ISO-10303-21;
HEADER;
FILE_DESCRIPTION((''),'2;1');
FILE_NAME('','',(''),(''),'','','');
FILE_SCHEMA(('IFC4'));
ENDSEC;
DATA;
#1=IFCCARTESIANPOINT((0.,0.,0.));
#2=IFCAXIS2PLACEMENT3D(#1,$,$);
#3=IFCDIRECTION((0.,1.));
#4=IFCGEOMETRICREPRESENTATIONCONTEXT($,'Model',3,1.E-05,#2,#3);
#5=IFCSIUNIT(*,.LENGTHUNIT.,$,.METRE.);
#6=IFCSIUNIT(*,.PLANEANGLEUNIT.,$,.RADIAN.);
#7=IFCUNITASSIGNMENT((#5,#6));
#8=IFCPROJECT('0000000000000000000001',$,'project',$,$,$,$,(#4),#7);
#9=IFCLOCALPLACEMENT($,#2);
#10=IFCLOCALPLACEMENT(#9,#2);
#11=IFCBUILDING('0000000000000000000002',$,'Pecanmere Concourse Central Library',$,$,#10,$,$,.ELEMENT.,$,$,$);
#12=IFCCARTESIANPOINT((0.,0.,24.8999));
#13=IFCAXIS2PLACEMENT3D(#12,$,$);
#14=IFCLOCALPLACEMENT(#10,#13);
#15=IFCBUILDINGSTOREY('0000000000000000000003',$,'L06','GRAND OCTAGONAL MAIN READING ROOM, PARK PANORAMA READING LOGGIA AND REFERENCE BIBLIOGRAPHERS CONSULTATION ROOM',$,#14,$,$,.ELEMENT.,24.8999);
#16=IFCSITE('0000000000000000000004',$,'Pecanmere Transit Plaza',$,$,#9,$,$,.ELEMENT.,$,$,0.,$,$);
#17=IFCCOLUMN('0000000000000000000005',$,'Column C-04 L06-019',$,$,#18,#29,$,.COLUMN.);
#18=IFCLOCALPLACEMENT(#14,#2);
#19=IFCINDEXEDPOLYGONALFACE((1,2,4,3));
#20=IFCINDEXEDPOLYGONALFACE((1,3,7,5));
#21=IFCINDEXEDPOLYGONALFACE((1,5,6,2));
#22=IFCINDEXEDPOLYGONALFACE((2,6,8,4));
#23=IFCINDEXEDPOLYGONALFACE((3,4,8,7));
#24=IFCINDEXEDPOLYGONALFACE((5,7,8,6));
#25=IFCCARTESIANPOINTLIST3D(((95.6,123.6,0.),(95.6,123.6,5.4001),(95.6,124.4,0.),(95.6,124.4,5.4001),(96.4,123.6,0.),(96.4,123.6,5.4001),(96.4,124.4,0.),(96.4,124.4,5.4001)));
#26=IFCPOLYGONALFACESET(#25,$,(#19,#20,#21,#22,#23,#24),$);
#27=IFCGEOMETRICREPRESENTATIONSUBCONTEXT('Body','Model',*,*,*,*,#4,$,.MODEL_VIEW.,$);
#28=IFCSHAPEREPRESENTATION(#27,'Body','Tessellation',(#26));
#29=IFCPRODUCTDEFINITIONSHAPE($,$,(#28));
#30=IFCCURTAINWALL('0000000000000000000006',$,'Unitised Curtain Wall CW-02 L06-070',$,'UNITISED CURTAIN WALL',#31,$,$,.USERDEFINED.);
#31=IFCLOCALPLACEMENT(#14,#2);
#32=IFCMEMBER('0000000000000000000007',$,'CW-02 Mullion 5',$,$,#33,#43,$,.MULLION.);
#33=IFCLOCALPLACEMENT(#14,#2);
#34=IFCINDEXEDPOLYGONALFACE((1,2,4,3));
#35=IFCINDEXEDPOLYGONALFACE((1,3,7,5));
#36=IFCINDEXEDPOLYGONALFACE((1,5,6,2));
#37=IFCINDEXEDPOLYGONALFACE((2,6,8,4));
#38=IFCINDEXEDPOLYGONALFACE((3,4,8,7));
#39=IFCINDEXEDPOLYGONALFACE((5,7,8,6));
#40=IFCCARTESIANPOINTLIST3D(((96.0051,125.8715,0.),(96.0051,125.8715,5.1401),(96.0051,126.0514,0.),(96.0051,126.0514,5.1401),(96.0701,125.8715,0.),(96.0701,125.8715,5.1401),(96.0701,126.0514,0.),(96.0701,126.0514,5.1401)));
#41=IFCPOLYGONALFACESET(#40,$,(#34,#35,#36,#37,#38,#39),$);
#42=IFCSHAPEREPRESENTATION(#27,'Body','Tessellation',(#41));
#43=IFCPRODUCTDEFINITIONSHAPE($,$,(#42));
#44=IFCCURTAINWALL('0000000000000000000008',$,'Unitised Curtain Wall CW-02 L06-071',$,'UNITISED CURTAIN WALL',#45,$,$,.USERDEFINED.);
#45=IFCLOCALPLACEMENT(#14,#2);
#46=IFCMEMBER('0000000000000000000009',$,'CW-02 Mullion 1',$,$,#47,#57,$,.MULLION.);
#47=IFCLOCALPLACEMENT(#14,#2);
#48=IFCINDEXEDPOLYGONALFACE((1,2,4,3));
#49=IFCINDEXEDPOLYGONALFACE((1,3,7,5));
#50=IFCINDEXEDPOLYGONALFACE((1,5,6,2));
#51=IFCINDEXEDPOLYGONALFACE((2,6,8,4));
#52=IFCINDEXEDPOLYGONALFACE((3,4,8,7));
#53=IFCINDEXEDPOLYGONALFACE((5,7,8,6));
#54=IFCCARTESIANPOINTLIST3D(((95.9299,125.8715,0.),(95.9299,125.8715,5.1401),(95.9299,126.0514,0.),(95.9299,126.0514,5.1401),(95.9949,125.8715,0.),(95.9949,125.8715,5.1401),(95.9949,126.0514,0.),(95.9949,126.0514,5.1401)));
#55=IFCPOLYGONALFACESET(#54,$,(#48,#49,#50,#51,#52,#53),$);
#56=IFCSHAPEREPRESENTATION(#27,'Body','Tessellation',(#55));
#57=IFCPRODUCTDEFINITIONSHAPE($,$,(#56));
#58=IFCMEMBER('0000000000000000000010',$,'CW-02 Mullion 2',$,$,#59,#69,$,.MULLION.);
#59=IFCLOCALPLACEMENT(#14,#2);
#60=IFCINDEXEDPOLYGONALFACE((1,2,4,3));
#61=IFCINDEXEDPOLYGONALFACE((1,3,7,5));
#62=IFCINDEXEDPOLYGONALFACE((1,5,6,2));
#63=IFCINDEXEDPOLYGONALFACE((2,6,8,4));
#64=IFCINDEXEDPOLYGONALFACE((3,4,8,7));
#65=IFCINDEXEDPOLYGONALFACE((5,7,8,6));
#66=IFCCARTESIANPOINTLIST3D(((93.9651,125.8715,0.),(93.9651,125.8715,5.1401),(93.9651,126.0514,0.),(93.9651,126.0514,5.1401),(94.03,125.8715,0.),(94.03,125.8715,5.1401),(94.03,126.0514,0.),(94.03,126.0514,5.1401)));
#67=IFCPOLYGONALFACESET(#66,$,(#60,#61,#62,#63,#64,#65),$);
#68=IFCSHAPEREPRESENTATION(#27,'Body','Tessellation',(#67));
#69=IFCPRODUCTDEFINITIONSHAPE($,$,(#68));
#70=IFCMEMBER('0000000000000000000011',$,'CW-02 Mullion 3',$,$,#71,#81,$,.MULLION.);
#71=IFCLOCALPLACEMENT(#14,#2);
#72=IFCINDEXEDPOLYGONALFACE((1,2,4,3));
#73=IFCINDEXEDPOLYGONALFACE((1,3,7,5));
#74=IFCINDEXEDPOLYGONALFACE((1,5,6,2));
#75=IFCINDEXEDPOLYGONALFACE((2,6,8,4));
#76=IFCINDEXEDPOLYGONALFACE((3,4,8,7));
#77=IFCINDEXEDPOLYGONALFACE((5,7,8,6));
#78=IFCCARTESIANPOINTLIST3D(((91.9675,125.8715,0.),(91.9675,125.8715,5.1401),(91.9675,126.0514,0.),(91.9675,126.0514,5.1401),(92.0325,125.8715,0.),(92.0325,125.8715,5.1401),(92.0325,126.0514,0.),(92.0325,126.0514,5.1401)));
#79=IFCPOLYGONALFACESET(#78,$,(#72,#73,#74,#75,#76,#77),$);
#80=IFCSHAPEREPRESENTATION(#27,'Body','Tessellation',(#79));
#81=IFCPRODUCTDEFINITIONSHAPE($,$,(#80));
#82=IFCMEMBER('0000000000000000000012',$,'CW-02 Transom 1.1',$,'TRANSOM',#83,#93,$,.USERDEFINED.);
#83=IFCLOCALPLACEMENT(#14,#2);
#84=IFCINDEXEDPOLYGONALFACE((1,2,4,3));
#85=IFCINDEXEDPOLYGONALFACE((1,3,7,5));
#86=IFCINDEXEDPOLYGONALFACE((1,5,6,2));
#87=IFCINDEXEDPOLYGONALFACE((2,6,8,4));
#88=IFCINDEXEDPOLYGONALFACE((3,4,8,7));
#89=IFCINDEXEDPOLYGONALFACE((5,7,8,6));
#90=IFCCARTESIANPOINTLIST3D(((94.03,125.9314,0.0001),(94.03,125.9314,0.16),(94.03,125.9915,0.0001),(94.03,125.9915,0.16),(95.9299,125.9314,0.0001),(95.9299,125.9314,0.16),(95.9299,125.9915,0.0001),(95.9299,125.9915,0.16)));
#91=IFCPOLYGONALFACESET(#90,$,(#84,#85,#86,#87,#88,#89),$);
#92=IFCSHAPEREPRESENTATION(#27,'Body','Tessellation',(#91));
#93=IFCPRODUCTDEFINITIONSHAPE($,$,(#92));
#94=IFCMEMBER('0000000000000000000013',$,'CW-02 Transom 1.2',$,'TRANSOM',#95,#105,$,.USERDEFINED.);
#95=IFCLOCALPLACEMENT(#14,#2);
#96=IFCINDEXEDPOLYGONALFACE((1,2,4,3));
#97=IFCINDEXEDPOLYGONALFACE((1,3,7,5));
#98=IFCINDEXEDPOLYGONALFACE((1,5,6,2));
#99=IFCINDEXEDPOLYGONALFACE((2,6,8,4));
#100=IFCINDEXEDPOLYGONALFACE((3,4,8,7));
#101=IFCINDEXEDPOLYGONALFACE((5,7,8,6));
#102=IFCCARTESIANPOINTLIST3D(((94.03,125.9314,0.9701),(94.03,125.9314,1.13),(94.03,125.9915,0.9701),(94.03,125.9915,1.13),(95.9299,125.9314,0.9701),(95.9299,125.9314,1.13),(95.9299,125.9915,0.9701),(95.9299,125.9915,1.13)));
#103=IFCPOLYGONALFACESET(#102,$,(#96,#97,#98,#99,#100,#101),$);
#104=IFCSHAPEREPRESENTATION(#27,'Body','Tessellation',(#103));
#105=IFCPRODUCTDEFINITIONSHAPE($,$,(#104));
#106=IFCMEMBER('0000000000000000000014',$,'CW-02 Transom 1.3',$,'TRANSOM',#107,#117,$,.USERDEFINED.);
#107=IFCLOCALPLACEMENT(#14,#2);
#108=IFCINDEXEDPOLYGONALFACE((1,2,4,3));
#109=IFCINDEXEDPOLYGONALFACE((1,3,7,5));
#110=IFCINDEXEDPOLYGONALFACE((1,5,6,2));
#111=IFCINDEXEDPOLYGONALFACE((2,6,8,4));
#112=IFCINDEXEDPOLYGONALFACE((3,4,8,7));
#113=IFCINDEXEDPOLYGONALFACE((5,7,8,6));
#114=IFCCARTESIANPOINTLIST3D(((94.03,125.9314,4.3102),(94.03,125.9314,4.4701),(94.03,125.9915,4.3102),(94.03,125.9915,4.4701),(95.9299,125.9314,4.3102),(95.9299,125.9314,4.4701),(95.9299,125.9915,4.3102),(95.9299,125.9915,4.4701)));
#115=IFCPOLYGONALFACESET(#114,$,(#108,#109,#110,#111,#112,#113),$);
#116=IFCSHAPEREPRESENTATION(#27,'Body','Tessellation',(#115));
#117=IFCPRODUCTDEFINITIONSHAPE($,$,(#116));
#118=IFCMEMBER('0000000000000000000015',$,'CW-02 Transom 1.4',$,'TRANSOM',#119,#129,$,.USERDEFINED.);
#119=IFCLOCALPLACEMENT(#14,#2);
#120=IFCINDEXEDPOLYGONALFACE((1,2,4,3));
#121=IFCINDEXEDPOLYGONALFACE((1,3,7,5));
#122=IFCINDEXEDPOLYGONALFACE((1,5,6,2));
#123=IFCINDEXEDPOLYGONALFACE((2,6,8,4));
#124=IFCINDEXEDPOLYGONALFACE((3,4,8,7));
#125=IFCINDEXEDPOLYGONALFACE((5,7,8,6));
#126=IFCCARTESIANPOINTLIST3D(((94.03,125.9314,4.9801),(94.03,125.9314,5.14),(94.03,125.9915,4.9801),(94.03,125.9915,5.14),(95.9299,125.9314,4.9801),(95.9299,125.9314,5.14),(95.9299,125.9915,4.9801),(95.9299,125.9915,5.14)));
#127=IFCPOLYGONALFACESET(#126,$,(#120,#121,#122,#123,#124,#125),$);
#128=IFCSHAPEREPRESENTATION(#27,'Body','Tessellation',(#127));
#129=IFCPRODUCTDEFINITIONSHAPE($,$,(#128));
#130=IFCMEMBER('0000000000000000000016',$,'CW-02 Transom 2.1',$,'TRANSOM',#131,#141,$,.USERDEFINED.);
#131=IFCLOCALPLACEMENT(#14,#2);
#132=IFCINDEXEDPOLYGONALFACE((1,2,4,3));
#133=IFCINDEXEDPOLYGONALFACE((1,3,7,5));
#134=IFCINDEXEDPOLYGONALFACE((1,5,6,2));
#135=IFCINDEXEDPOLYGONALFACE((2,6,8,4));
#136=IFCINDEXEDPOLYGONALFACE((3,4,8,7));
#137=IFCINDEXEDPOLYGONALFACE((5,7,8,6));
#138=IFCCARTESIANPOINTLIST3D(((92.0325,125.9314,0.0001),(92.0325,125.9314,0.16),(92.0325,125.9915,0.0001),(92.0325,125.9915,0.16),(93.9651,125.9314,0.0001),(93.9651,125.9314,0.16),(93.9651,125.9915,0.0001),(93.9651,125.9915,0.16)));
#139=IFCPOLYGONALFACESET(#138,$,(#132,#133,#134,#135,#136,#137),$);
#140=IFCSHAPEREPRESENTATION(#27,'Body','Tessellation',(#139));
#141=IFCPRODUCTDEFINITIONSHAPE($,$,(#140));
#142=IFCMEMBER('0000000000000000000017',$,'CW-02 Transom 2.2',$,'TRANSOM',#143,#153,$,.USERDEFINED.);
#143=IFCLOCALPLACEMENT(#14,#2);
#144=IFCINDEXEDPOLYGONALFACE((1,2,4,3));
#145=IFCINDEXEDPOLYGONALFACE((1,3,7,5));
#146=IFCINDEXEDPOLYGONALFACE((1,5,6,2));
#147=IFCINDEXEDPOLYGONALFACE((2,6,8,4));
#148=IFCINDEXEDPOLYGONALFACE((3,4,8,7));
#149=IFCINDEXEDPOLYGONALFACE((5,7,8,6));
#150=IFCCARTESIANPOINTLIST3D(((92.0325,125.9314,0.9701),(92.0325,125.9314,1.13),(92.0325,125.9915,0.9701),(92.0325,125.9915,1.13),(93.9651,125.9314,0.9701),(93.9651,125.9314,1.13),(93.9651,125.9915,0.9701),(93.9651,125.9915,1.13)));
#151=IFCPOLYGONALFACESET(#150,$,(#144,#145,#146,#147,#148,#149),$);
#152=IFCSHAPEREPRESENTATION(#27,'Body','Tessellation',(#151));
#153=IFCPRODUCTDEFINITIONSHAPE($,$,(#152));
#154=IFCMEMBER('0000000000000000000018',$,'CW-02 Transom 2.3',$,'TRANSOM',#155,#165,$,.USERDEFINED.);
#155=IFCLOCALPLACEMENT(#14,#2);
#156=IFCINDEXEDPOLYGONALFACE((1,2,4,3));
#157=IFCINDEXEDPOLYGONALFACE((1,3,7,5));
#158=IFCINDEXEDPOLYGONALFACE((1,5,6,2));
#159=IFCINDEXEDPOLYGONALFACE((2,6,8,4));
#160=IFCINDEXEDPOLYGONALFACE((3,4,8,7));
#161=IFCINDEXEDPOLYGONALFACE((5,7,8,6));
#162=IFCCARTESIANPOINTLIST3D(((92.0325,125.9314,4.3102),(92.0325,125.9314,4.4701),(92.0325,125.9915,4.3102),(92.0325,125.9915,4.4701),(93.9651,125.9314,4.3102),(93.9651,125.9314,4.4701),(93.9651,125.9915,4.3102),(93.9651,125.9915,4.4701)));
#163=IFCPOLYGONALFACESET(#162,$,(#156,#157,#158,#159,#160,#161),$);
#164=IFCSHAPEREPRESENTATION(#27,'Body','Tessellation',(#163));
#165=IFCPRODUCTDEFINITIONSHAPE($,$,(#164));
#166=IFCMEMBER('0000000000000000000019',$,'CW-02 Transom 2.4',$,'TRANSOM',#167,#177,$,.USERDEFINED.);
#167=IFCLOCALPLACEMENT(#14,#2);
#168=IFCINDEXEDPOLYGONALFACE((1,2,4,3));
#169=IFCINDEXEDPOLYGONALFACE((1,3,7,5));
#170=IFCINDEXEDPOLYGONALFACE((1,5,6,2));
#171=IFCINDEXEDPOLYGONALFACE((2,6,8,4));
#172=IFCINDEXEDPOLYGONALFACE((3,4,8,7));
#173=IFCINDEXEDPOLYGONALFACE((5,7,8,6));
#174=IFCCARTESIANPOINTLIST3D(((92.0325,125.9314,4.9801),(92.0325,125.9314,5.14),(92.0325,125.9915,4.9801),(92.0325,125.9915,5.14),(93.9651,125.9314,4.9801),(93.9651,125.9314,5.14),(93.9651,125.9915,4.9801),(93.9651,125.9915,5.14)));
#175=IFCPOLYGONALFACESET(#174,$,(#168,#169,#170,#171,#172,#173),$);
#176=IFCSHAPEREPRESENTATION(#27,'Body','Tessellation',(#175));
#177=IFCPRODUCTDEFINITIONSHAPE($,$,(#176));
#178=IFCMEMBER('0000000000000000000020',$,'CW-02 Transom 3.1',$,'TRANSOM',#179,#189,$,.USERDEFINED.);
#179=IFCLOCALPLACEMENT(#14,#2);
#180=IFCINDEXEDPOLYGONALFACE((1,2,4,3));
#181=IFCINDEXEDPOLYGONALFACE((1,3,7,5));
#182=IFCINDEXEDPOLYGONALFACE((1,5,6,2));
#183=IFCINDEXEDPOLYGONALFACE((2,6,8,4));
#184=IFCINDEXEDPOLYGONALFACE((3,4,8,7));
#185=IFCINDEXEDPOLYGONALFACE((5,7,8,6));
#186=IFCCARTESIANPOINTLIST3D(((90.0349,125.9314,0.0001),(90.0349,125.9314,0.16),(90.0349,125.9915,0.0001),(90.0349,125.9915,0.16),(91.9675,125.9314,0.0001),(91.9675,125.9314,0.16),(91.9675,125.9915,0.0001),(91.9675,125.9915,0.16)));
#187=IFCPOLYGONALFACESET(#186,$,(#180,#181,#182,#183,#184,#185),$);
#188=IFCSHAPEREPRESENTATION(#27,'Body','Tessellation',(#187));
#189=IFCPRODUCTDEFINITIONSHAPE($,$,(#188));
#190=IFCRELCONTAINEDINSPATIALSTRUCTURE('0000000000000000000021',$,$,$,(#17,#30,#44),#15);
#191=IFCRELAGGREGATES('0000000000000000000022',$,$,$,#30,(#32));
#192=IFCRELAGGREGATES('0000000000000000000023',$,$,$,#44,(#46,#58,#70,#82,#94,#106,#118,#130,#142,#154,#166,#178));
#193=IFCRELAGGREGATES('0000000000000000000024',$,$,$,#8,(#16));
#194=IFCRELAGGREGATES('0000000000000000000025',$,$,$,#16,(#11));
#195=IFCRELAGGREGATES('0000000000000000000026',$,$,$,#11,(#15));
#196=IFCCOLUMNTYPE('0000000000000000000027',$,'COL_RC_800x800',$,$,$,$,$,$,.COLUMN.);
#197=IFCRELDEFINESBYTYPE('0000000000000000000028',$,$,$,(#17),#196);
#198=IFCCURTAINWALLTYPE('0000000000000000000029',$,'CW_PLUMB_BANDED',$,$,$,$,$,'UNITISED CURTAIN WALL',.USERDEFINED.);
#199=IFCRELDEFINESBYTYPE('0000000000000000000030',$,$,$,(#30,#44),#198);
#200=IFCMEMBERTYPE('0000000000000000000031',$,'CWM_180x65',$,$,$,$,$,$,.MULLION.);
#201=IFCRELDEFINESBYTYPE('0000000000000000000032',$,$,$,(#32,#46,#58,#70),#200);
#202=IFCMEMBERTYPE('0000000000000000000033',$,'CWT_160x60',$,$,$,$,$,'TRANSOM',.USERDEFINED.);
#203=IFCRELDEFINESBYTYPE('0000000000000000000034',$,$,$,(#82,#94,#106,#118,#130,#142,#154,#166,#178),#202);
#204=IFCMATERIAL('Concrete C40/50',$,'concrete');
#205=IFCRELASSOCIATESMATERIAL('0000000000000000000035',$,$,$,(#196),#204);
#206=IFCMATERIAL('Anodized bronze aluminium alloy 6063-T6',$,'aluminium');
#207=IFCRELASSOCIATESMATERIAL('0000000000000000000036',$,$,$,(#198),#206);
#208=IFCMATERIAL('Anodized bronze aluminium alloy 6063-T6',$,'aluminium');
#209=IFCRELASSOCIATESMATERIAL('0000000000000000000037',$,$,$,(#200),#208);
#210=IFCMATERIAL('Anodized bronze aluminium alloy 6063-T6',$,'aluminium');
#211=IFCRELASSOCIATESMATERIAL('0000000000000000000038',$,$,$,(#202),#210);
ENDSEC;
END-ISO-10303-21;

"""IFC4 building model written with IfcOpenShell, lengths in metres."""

from ifc_helpers import new_model, si_unit, direction, frame, origin, origin_2d, place, context, subcontext, project, spatial, rectangle, extrude, material, material_profile, profile_set, type_object, element, aggregate, save


model = new_model("IFC4")

# Units and contexts
model_context = context("Model", 3, precision=1e-05, world=origin(), true_north=direction((0.0, 1.0)))
body_context = subcontext(model_context, "Body", "Model", "MODEL_VIEW")
ifc_project = project(units=[si_unit("LENGTHUNIT", "METRE"), si_unit("PLANEANGLEUNIT", "RADIAN")], contexts=[model_context])

# Site, building, storey
site_placement = place(None, origin())
site = spatial("IfcSite", under=ifc_project, at=site_placement, Name="Pecanmere Transit Plaza", CompositionType="ELEMENT", RefElevation=0.0)
building_placement = place(site_placement, origin())
building = spatial("IfcBuilding", under=site, at=building_placement, Name="Pecanmere Concourse Central Library", CompositionType="ELEMENT")
storey_placement = place(building_placement, frame((0.0, 0.0, 24.8999)))
storey = spatial("IfcBuildingStorey", under=building, at=storey_placement, Name="L06", Description="GRAND OCTAGONAL MAIN READING ROOM, PARK PANORAMA READING LOGGIA AND REFERENCE BIBLIOGRAPHERS CONSULTATION ROOM", CompositionType="ELEMENT", Elevation=24.8999)

# Column
ifc_material_1 = material(Name="Concrete C40/50", Category="concrete")
ifc_material_profile_1 = material_profile(ifc_material_1, rectangle(XDim=0.8, YDim=0.8, at=origin_2d()), Name="RC 800x800")
ifc_profile_set_1 = profile_set([ifc_material_profile_1], Name="Concrete C40/50")
column_type = type_object("IfcColumnType", Name="COL_RC_800x800", PredefinedType="COLUMN", material=ifc_profile_set_1)
column_placement = place(storey_placement, frame((96.0, 124.0, 0.0), z_axis=(0.0, 0.0, 1.0), x_axis=(1.0, 0.0, 0.0)))
element("IfcColumn", 1, at=column_placement, inside=storey, type_object=column_type, Name="Column C-04 L06-019", PredefinedType="COLUMN", context=body_context, shape_type="SweptSolid", body=[
    extrude(rectangle(XDim=0.8, YDim=0.8, at=origin_2d()), origin(), (0.0, 0.0, 1.0), 5.4001),
])

# Curtain wall, member
ifc_material_2 = material(Name="Anodized bronze aluminium alloy 6063-T6", Category="aluminium")
curtain_wall_type = type_object("IfcCurtainWallType", Name="CW_PLUMB_BANDED", ElementType="UNITISED CURTAIN WALL", PredefinedType="USERDEFINED", material=ifc_material_2)
curtain_wall_1_placement = place(storey_placement, origin())
curtain_wall_1 = element("IfcCurtainWall", 2, at=curtain_wall_1_placement, inside=storey, type_object=curtain_wall_type, Name="Unitised Curtain Wall CW-02 L06-070", ObjectType="UNITISED CURTAIN WALL", PredefinedType="USERDEFINED")
ifc_material_3 = material(Name="Anodized bronze aluminium alloy 6063-T6", Category="aluminium")
ifc_material_profile_2 = material_profile(ifc_material_3, rectangle(XDim=0.0649, YDim=0.1799, at=origin_2d()), Name="AL 65x180")
ifc_profile_set_2 = profile_set([ifc_material_profile_2], Name="Anodized bronze aluminium alloy 6063-T6")
member_type_1 = type_object("IfcMemberType", Name="CWM_180x65", PredefinedType="MULLION", material=ifc_profile_set_2)
member_1_placement = place(storey_placement, frame((96.0376, 125.9614, 0.0), z_axis=(0.0, 0.0, 1.0), x_axis=(-1.0, 0.0, 0.0)))
member_1 = element("IfcMember", 3, at=member_1_placement, type_object=member_type_1, Name="CW-02 Mullion 5", PredefinedType="MULLION", context=body_context, shape_type="SweptSolid", body=[
    extrude(rectangle(XDim=0.0649, YDim=0.1799, at=origin_2d()), origin(), (0.0, 0.0, 1.0), 5.1401),
])
aggregate(curtain_wall_1, [member_1])

# Curtain wall, members
curtain_wall_2_placement = place(storey_placement, origin())
curtain_wall_2 = element("IfcCurtainWall", 4, at=curtain_wall_2_placement, inside=storey, type_object=curtain_wall_type, Name="Unitised Curtain Wall CW-02 L06-071", ObjectType="UNITISED CURTAIN WALL", PredefinedType="USERDEFINED")
member_2_placement = place(storey_placement, frame((95.9624, 125.9614, 0.0), z_axis=(0.0, 0.0, 1.0), x_axis=(-1.0, 0.0, 0.0)))
member_2 = element("IfcMember", 5, at=member_2_placement, type_object=member_type_1, Name="CW-02 Mullion 1", PredefinedType="MULLION", context=body_context, shape_type="SweptSolid", body=[
    extrude(rectangle(XDim=0.0649, YDim=0.1799, at=origin_2d()), origin(), (0.0, 0.0, 1.0), 5.1401),
])
member_3_placement = place(storey_placement, frame((93.9976, 125.9614, 0.0), z_axis=(0.0, 0.0, 1.0), x_axis=(-1.0, 0.0, 0.0)))
member_3 = element("IfcMember", 6, at=member_3_placement, type_object=member_type_1, Name="CW-02 Mullion 2", PredefinedType="MULLION", context=body_context, shape_type="SweptSolid", body=[
    extrude(rectangle(XDim=0.0649, YDim=0.1799, at=origin_2d()), origin(), (0.0, 0.0, 1.0), 5.1401),
])
member_4_placement = place(storey_placement, frame((92.0, 125.9614, 0.0), z_axis=(0.0, 0.0, 1.0), x_axis=(-1.0, 0.0, 0.0)))
member_4 = element("IfcMember", 7, at=member_4_placement, type_object=member_type_1, Name="CW-02 Mullion 3", PredefinedType="MULLION", context=body_context, shape_type="SweptSolid", body=[
    extrude(rectangle(XDim=0.0649, YDim=0.1799, at=origin_2d()), origin(), (0.0, 0.0, 1.0), 5.1401),
])
ifc_material_4 = material(Name="Anodized bronze aluminium alloy 6063-T6", Category="aluminium")
ifc_material_profile_3 = material_profile(ifc_material_4, rectangle(XDim=0.0601, YDim=0.1599, at=origin_2d()), Name="AL 60x160")
ifc_profile_set_3 = profile_set([ifc_material_profile_3], Name="Anodized bronze aluminium alloy 6063-T6")
member_type_2 = type_object("IfcMemberType", Name="CWT_160x60", ElementType="TRANSOM", PredefinedType="USERDEFINED", material=ifc_profile_set_3)
member_5_placement = place(storey_placement, frame((95.9299, 125.9614, 0.0801), z_axis=(-1.0, 0.0, 0.0), x_axis=(0.0, -1.0, 0.0)))
member_5 = element("IfcMember", 8, at=member_5_placement, type_object=member_type_2, Name="CW-02 Transom 1.1", ObjectType="TRANSOM", PredefinedType="USERDEFINED", context=body_context, shape_type="SweptSolid", body=[
    extrude(rectangle(XDim=0.0601, YDim=0.1599, at=origin_2d()), origin(), (0.0, 0.0, 1.0), 1.8999),
])
member_6_placement = place(storey_placement, frame((95.9299, 125.9614, 1.05), z_axis=(-1.0, 0.0, 0.0), x_axis=(0.0, -1.0, 0.0)))
member_6 = element("IfcMember", 9, at=member_6_placement, type_object=member_type_2, Name="CW-02 Transom 1.2", ObjectType="TRANSOM", PredefinedType="USERDEFINED", context=body_context, shape_type="SweptSolid", body=[
    extrude(rectangle(XDim=0.0601, YDim=0.1599, at=origin_2d()), origin(), (0.0, 0.0, 1.0), 1.8999),
])
member_7_placement = place(storey_placement, frame((95.9299, 125.9614, 4.3901), z_axis=(-1.0, 0.0, 0.0), x_axis=(0.0, -1.0, 0.0)))
member_7 = element("IfcMember", 10, at=member_7_placement, type_object=member_type_2, Name="CW-02 Transom 1.3", ObjectType="TRANSOM", PredefinedType="USERDEFINED", context=body_context, shape_type="SweptSolid", body=[
    extrude(rectangle(XDim=0.0601, YDim=0.1599, at=origin_2d()), origin(), (0.0, 0.0, 1.0), 1.8999),
])
member_8_placement = place(storey_placement, frame((95.9299, 125.9614, 5.0601), z_axis=(-1.0, 0.0, 0.0), x_axis=(0.0, -1.0, 0.0)))
member_8 = element("IfcMember", 11, at=member_8_placement, type_object=member_type_2, Name="CW-02 Transom 1.4", ObjectType="TRANSOM", PredefinedType="USERDEFINED", context=body_context, shape_type="SweptSolid", body=[
    extrude(rectangle(XDim=0.0601, YDim=0.1599, at=origin_2d()), origin(), (0.0, 0.0, 1.0), 1.8999),
])
member_9_placement = place(storey_placement, frame((93.9651, 125.9614, 0.0801), z_axis=(-1.0, 0.0, 0.0), x_axis=(0.0, -1.0, 0.0)))
member_9 = element("IfcMember", 12, at=member_9_placement, type_object=member_type_2, Name="CW-02 Transom 2.1", ObjectType="TRANSOM", PredefinedType="USERDEFINED", context=body_context, shape_type="SweptSolid", body=[
    extrude(rectangle(XDim=0.0601, YDim=0.1599, at=origin_2d()), origin(), (0.0, 0.0, 1.0), 1.9326),
])
member_10_placement = place(storey_placement, frame((93.9651, 125.9614, 1.05), z_axis=(-1.0, 0.0, 0.0), x_axis=(0.0, -1.0, 0.0)))
member_10 = element("IfcMember", 13, at=member_10_placement, type_object=member_type_2, Name="CW-02 Transom 2.2", ObjectType="TRANSOM", PredefinedType="USERDEFINED", context=body_context, shape_type="SweptSolid", body=[
    extrude(rectangle(XDim=0.0601, YDim=0.1599, at=origin_2d()), origin(), (0.0, 0.0, 1.0), 1.9326),
])
member_11_placement = place(storey_placement, frame((93.9651, 125.9614, 4.3901), z_axis=(-1.0, 0.0, 0.0), x_axis=(0.0, -1.0, 0.0)))
member_11 = element("IfcMember", 14, at=member_11_placement, type_object=member_type_2, Name="CW-02 Transom 2.3", ObjectType="TRANSOM", PredefinedType="USERDEFINED", context=body_context, shape_type="SweptSolid", body=[
    extrude(rectangle(XDim=0.0601, YDim=0.1599, at=origin_2d()), origin(), (0.0, 0.0, 1.0), 1.9326),
])
member_12_placement = place(storey_placement, frame((93.9651, 125.9614, 5.0601), z_axis=(-1.0, 0.0, 0.0), x_axis=(0.0, -1.0, 0.0)))
member_12 = element("IfcMember", 15, at=member_12_placement, type_object=member_type_2, Name="CW-02 Transom 2.4", ObjectType="TRANSOM", PredefinedType="USERDEFINED", context=body_context, shape_type="SweptSolid", body=[
    extrude(rectangle(XDim=0.0601, YDim=0.1599, at=origin_2d()), origin(), (0.0, 0.0, 1.0), 1.9326),
])
member_13_placement = place(storey_placement, frame((91.9675, 125.9614, 0.0801), z_axis=(-1.0, 0.0, 0.0), x_axis=(0.0, -1.0, 0.0)))
member_13 = element("IfcMember", 16, at=member_13_placement, type_object=member_type_2, Name="CW-02 Transom 3.1", ObjectType="TRANSOM", PredefinedType="USERDEFINED", context=body_context, shape_type="SweptSolid", body=[
    extrude(rectangle(XDim=0.0601, YDim=0.1599, at=origin_2d()), origin(), (0.0, 0.0, 1.0), 1.9326),
])

aggregate(curtain_wall_2, [member_2, member_3, member_4, member_5, member_6, member_7, member_8, member_9, member_10, member_11, member_12, member_13])

save(model, "model.ifc")
